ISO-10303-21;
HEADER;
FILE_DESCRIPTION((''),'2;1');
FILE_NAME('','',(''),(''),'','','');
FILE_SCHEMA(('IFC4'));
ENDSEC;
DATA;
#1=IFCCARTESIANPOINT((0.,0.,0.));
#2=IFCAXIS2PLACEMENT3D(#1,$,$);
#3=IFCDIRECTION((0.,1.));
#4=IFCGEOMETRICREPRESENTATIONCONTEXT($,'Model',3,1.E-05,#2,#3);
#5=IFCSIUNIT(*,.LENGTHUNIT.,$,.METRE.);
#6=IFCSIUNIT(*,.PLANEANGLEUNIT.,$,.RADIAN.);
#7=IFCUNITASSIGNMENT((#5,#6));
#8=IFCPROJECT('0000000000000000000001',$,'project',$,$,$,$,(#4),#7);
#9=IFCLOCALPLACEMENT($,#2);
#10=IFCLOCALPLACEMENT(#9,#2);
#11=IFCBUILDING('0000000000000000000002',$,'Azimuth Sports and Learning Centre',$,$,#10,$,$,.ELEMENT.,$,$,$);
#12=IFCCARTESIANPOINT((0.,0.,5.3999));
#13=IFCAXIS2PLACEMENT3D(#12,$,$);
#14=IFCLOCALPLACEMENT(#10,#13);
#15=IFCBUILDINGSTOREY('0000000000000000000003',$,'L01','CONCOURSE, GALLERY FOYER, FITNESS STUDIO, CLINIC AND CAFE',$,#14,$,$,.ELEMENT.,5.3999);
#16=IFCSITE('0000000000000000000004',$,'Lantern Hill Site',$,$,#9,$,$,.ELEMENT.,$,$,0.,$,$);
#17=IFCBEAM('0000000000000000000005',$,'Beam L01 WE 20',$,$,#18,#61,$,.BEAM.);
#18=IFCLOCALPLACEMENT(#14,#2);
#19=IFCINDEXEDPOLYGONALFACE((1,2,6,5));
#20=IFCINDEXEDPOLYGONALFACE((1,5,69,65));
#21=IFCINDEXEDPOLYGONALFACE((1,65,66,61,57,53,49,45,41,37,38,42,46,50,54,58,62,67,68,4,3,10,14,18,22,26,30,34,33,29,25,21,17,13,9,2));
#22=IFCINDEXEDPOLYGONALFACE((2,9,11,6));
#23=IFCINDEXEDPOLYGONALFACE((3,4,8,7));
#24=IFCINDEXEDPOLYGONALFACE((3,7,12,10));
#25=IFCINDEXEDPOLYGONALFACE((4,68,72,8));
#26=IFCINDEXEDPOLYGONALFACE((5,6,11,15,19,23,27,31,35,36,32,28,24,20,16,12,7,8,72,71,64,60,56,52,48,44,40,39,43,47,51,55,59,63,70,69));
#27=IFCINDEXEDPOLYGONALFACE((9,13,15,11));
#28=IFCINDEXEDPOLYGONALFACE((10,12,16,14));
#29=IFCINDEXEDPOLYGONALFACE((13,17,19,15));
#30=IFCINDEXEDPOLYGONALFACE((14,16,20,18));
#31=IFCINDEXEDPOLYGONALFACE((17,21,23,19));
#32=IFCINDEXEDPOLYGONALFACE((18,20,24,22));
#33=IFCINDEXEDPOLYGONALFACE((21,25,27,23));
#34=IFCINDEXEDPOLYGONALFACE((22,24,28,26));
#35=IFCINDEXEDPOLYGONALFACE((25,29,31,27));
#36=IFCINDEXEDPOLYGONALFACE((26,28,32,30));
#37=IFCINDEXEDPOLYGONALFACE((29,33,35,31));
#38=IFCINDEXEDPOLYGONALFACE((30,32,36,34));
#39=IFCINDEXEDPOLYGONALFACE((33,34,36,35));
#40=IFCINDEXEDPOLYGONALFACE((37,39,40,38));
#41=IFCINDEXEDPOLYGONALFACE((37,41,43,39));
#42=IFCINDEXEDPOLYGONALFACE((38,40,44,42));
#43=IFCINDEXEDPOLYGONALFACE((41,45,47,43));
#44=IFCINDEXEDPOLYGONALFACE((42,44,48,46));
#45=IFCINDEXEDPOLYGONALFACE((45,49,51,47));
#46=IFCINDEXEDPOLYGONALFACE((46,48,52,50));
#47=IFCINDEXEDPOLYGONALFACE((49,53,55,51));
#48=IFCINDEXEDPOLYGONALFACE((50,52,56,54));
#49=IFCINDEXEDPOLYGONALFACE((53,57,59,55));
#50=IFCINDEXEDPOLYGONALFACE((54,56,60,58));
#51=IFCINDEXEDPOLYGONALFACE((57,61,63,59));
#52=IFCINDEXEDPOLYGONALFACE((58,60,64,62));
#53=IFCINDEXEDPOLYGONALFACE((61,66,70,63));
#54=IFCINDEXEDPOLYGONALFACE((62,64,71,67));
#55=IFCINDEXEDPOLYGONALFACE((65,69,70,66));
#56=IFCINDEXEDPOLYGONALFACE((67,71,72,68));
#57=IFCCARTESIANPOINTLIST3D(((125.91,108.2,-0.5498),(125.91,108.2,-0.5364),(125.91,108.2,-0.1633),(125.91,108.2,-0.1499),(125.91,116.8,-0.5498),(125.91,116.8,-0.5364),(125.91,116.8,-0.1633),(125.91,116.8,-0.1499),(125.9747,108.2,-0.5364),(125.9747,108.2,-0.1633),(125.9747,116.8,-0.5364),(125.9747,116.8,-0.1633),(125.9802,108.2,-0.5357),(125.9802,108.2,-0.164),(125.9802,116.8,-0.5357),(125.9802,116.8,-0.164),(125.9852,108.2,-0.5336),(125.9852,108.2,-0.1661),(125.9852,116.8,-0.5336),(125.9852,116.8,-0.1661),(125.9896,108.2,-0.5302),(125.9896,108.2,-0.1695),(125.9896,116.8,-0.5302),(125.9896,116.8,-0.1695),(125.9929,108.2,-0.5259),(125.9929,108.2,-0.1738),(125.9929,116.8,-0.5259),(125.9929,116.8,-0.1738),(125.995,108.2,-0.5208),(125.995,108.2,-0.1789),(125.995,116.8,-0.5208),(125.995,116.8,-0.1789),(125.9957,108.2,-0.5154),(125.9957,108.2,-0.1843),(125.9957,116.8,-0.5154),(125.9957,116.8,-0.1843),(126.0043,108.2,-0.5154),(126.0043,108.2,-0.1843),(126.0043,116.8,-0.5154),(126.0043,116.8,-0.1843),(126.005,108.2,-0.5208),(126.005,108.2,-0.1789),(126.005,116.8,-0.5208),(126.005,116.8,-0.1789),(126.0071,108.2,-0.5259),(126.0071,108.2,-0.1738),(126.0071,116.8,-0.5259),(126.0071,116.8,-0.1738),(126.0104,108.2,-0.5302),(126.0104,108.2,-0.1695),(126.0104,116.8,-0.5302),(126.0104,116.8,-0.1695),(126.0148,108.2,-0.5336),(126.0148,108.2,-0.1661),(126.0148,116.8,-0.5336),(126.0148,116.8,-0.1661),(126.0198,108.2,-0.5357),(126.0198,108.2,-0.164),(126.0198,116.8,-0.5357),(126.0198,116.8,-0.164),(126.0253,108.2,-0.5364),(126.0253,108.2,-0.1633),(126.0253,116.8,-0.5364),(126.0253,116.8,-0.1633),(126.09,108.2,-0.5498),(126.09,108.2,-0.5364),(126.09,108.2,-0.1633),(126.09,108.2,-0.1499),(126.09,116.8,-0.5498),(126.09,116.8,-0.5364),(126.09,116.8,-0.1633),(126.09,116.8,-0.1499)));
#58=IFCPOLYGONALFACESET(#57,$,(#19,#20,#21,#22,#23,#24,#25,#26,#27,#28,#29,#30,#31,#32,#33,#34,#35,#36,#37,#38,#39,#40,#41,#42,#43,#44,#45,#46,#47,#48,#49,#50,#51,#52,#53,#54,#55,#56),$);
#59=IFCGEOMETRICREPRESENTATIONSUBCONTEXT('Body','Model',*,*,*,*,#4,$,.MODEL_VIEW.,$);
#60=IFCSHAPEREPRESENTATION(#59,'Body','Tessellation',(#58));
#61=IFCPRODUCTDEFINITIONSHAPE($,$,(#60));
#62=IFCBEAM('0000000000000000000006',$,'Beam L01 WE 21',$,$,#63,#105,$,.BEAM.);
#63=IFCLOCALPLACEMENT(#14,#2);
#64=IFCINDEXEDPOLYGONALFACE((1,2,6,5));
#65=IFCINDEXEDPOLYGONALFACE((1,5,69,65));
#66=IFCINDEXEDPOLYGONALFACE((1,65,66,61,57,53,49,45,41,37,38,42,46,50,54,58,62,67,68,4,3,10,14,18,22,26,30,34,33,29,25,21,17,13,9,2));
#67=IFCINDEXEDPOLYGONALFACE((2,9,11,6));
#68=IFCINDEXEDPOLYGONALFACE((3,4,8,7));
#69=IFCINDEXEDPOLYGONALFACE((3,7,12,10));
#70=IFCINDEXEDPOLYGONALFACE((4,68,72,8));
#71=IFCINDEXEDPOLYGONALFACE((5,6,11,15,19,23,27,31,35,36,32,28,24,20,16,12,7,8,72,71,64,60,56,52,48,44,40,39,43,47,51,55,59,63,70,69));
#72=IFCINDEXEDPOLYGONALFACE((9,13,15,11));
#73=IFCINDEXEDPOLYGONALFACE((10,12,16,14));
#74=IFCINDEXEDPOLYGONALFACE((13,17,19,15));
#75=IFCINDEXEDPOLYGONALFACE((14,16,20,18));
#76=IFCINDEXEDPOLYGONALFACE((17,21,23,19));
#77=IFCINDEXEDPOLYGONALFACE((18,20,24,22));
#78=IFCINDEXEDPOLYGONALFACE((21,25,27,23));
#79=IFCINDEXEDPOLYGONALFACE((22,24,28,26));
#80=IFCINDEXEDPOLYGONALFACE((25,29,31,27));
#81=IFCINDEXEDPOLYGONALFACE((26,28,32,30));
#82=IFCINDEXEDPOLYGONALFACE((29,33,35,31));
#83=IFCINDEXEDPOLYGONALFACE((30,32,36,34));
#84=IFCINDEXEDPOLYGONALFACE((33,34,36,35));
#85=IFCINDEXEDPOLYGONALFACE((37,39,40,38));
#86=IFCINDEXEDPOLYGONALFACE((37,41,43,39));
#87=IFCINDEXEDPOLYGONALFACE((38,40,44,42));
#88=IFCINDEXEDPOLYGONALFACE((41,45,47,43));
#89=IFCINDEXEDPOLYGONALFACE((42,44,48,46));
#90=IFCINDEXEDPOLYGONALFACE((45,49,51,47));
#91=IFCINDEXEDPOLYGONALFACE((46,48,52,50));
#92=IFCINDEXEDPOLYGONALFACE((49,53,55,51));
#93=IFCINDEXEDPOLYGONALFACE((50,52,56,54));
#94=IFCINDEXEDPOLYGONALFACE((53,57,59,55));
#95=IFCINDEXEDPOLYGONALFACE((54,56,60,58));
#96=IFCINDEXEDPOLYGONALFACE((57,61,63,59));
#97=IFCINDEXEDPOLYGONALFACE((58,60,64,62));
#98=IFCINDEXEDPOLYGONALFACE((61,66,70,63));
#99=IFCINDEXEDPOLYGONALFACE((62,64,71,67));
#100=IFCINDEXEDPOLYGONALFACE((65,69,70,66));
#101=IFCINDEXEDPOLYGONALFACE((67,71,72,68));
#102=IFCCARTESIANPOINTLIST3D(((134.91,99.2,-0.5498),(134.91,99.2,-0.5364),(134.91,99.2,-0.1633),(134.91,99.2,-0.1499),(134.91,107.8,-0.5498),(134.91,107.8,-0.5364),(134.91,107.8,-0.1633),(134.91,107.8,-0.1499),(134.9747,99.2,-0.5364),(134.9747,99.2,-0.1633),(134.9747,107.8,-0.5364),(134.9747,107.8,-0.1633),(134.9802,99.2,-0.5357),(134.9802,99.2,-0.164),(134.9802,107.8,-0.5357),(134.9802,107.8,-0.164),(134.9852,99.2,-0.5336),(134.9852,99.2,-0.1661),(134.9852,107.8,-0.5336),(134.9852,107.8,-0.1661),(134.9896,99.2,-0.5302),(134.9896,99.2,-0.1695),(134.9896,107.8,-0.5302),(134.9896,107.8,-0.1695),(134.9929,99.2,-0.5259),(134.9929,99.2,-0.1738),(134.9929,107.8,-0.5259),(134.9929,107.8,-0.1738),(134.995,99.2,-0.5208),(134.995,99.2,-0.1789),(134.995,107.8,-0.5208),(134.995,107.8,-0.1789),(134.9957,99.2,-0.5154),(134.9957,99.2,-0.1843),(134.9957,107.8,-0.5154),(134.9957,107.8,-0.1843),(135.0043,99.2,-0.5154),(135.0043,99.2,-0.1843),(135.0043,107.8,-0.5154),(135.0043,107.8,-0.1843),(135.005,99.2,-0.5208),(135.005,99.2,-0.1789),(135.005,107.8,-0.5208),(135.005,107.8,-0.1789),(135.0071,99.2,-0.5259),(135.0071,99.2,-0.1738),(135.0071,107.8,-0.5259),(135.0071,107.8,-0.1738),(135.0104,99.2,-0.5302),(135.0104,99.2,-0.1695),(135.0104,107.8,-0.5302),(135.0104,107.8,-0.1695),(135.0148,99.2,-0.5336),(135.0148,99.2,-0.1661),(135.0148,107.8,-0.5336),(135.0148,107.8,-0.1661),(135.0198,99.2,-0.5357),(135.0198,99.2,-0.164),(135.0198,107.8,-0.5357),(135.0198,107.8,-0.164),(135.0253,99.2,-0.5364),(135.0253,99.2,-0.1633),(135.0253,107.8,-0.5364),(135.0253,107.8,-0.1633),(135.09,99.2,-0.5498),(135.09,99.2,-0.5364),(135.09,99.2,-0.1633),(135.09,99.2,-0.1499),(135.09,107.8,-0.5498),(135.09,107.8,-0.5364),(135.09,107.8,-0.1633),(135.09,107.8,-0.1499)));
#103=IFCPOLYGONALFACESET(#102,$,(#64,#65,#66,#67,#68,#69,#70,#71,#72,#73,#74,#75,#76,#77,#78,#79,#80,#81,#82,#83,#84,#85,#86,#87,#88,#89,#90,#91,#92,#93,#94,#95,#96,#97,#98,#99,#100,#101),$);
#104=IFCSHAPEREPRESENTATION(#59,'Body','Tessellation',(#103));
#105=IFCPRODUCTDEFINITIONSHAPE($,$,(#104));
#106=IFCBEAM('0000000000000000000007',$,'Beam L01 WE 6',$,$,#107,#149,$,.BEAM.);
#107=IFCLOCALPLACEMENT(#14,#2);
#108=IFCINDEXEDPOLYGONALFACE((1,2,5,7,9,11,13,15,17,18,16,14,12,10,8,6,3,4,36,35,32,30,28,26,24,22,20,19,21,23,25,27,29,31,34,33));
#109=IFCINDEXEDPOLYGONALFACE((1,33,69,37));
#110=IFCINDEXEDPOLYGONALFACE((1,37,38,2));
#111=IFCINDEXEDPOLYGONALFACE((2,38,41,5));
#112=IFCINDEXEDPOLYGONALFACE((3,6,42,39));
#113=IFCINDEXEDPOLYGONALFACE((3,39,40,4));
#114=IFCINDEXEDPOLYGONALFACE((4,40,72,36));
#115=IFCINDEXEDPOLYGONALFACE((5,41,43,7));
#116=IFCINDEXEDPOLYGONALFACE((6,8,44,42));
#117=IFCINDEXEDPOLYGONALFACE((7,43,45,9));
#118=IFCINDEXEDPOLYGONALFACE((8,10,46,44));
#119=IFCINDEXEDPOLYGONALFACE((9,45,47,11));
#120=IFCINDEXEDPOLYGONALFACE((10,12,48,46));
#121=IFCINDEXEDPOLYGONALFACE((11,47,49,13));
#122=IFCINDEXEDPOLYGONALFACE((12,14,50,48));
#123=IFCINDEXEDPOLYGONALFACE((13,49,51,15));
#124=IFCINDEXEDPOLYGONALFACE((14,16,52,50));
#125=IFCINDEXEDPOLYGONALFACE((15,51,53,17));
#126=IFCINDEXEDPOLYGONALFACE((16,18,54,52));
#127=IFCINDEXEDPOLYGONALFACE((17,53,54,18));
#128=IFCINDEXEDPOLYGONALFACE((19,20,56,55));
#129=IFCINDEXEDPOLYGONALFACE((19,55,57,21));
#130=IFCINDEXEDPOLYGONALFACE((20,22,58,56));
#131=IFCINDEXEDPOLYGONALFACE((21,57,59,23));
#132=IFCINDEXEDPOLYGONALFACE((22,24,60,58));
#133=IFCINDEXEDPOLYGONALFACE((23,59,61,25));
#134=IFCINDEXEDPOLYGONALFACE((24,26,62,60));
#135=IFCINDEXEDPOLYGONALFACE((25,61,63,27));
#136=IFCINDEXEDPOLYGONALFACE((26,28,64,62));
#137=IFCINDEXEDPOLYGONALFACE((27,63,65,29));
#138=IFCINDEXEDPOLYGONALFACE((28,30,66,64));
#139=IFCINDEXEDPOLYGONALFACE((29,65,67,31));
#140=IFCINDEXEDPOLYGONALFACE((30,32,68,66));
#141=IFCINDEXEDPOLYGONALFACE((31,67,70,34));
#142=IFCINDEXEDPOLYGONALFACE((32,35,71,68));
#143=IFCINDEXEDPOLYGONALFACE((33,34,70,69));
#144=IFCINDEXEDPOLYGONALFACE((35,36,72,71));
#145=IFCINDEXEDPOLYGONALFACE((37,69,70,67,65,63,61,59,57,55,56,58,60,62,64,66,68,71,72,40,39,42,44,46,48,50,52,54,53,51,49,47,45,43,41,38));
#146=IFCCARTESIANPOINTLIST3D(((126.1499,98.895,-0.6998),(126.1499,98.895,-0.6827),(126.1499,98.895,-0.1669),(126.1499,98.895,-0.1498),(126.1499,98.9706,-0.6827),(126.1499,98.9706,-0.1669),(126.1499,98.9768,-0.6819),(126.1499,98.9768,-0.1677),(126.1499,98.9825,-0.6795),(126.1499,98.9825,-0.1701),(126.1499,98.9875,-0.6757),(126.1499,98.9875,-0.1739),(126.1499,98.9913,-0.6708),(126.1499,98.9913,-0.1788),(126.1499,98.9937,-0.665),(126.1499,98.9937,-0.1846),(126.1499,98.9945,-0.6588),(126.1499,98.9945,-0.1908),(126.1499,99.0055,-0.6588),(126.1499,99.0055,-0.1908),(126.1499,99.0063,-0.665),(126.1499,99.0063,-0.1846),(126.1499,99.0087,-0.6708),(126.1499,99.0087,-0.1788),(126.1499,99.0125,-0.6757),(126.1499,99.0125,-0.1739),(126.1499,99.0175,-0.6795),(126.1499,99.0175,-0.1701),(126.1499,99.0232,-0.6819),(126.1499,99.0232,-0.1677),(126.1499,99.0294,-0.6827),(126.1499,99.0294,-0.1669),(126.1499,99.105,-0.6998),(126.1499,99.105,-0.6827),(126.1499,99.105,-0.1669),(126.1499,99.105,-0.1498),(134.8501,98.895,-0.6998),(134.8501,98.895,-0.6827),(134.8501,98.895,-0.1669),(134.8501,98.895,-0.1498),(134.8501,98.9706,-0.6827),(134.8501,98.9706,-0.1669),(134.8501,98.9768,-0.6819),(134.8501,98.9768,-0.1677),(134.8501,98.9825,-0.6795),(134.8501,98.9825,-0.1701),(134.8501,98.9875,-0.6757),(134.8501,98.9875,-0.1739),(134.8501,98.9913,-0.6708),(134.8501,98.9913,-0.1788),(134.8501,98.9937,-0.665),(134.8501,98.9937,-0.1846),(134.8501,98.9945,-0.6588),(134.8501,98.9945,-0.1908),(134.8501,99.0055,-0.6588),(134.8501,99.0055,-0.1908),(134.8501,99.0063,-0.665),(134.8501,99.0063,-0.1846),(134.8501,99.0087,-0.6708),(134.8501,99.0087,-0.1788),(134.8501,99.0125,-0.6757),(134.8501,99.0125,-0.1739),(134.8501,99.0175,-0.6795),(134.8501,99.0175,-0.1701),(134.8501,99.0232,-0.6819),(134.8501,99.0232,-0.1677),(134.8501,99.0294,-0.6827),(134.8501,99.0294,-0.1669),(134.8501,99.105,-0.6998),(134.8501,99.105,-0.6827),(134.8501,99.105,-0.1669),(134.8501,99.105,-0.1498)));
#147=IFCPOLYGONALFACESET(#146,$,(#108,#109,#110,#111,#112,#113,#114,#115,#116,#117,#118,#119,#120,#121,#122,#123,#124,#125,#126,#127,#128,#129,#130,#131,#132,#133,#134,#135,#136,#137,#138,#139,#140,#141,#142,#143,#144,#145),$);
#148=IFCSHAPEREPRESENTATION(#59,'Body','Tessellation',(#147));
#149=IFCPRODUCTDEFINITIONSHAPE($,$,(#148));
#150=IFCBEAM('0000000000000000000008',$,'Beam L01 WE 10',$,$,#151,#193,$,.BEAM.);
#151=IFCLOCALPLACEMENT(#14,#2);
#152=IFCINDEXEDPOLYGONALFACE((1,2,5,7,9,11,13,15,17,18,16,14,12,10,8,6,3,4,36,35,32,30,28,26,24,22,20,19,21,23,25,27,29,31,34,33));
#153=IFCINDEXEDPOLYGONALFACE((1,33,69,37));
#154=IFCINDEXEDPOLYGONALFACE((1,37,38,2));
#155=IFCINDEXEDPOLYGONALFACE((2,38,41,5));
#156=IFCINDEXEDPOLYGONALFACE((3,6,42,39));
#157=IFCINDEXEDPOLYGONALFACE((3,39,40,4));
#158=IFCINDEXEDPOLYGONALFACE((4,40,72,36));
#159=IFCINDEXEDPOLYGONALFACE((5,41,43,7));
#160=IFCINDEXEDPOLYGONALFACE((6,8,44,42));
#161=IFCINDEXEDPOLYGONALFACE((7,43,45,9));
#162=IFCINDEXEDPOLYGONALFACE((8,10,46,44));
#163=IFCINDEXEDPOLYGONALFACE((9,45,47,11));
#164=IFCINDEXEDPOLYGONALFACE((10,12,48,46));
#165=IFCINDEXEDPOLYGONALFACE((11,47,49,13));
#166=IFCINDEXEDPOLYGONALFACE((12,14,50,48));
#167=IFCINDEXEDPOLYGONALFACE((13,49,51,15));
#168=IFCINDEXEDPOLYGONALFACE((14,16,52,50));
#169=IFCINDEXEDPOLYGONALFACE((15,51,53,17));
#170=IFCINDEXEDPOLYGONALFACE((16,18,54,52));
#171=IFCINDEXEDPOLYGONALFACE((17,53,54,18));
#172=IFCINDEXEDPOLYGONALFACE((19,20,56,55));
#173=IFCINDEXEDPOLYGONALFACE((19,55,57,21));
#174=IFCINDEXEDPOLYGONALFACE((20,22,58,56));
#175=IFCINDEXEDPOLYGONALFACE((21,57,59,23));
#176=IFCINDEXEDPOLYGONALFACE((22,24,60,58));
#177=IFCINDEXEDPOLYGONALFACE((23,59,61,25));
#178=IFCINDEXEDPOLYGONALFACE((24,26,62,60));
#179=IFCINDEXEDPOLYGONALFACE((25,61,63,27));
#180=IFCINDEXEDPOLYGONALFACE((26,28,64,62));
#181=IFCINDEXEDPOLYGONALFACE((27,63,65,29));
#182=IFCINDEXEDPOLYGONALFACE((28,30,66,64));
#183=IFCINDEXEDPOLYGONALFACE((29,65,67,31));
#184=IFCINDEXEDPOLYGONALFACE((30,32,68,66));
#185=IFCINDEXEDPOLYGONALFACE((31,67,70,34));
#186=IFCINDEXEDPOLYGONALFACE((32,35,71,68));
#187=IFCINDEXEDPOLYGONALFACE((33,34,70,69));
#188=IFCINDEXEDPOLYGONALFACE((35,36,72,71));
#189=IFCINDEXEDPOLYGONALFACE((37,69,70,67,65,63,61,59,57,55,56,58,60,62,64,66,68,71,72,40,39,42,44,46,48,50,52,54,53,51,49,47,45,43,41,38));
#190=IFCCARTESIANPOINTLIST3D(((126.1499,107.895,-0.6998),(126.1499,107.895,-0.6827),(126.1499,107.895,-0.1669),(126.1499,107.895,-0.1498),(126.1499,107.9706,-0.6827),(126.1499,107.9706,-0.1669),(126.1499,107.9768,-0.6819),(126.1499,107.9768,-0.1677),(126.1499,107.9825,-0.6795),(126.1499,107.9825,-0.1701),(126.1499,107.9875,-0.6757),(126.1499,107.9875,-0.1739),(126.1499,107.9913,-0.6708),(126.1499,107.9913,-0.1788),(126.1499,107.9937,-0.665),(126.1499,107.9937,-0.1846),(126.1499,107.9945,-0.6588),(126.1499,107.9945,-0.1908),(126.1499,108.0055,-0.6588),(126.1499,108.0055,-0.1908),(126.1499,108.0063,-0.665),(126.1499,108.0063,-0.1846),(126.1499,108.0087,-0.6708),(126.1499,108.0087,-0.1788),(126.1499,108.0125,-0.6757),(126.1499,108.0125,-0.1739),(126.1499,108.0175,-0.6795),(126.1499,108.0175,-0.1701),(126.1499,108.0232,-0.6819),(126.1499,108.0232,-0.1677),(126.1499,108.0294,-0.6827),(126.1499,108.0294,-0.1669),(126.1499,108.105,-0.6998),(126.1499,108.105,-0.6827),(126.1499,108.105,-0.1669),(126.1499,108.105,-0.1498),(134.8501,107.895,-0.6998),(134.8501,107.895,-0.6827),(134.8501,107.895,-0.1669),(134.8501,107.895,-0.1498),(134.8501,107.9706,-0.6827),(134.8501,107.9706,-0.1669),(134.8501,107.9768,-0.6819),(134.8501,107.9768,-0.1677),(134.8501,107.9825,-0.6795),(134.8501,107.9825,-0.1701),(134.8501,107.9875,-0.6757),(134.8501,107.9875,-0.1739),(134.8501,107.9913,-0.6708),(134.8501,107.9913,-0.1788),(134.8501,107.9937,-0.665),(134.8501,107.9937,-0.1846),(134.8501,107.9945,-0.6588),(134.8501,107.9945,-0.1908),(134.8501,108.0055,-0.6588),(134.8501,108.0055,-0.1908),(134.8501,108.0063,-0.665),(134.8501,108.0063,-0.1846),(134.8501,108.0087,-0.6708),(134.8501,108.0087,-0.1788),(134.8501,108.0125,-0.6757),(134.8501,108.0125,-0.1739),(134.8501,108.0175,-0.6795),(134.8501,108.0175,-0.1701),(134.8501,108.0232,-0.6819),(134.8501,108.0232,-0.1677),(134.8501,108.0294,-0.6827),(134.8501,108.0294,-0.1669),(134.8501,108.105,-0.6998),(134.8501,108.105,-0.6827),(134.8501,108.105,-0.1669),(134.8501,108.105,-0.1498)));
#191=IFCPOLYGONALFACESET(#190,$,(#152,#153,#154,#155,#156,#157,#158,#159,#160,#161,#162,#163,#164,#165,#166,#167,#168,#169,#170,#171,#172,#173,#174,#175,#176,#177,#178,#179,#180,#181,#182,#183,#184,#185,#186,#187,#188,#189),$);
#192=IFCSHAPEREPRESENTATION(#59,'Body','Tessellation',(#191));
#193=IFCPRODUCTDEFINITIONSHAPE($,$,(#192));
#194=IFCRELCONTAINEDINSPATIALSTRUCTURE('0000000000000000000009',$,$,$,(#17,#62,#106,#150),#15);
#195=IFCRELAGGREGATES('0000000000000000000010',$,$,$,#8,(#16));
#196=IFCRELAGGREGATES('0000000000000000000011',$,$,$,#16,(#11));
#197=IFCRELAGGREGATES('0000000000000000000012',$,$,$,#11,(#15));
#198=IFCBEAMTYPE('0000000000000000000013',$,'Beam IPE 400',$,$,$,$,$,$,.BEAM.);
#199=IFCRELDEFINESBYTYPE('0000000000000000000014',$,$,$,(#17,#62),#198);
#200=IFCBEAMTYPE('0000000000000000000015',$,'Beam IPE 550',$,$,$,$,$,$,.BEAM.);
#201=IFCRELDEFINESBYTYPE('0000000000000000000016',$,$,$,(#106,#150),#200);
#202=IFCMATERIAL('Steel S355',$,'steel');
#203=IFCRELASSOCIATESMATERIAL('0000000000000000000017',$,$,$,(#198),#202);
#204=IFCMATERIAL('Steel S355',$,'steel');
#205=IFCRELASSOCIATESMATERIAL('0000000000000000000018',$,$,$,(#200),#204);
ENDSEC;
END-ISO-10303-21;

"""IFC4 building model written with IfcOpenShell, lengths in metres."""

from ifc_helpers import new_model, si_unit, direction, frame, origin, origin_2d, place, context, subcontext, project, spatial, i_section, extrude, material, material_profile, profile_set, type_object, element, save


model = new_model("IFC4")

# Units and contexts
model_context = context("Model", 3, precision=1e-05, world=origin(), true_north=direction((0.0, 1.0)))
body_context = subcontext(model_context, "Body", "Model", "MODEL_VIEW")
ifc_project = project(units=[si_unit("LENGTHUNIT", "METRE"), si_unit("PLANEANGLEUNIT", "RADIAN")], contexts=[model_context])

# Site, building, storey
site_placement = place(None, origin())
site = spatial("IfcSite", under=ifc_project, at=site_placement, Name="Lantern Hill Site", CompositionType="ELEMENT", RefElevation=0.0)
building_placement = place(site_placement, origin())
building = spatial("IfcBuilding", under=site, at=building_placement, Name="Azimuth Sports and Learning Centre", CompositionType="ELEMENT")
storey_placement = place(building_placement, frame((0.0, 0.0, 5.3999)))
storey = spatial("IfcBuildingStorey", under=building, at=storey_placement, Name="L01", Description="CONCOURSE, GALLERY FOYER, FITNESS STUDIO, CLINIC AND CAFE", CompositionType="ELEMENT", Elevation=5.3999)

# Beams
ifc_material_1 = material(Name="Steel S355", Category="steel")
ifc_material_profile_1 = material_profile(ifc_material_1, i_section(OverallWidth=0.1799, OverallDepth=0.3999, WebThickness=0.0085, FlangeThickness=0.0134, FilletRadius=0.021, at=origin_2d()), Name="IPE 400")
ifc_profile_set_1 = profile_set([ifc_material_profile_1], Name="Steel S355")
beam_type_1 = type_object("IfcBeamType", Name="Beam IPE 400", PredefinedType="BEAM", material=ifc_profile_set_1)
for number, where, z_axis, x_axis, name in (
    (1, (126.0, 108.2, -0.3499), (0.0, 1.0, 0.0), (-1.0, 0.0, 0.0), "Beam L01 WE 20"),
    (2, (135.0, 99.2, -0.3499), (0.0, 1.0, 0.0), (-1.0, 0.0, 0.0), "Beam L01 WE 21"),
):
    element("IfcBeam", number, at=place(storey_placement, frame(where, z_axis=z_axis, x_axis=x_axis)), inside=storey, type_object=beam_type_1, Name=name, PredefinedType="BEAM", context=body_context, shape_type="SweptSolid", body=[
        extrude(i_section(OverallWidth=0.1799, OverallDepth=0.3999, WebThickness=0.0085, FlangeThickness=0.0134, FilletRadius=0.021, at=origin_2d()), origin(), (0.0, 0.0, 1.0), 8.6001),
    ])
ifc_material_2 = material(Name="Steel S355", Category="steel")
ifc_material_profile_2 = material_profile(ifc_material_2, i_section(OverallWidth=0.21, OverallDepth=0.55, WebThickness=0.011, FlangeThickness=0.0171, FilletRadius=0.0239, at=origin_2d()), Name="IPE 550")
ifc_profile_set_2 = profile_set([ifc_material_profile_2], Name="Steel S355")
beam_type_2 = type_object("IfcBeamType", Name="Beam IPE 550", PredefinedType="BEAM", material=ifc_profile_set_2)
for number, where, z_axis, x_axis, name in (
    (3, (126.1499, 99.0, -0.4248), (1.0, 0.0, 0.0), (0.0, 1.0, 0.0), "Beam L01 WE 6"),
    (4, (126.1499, 108.0, -0.4248), (1.0, 0.0, 0.0), (0.0, 1.0, 0.0), "Beam L01 WE 10"),
):
    element("IfcBeam", number, at=place(storey_placement, frame(where, z_axis=z_axis, x_axis=x_axis)), inside=storey, type_object=beam_type_2, Name=name, PredefinedType="BEAM", context=body_context, shape_type="SweptSolid", body=[
        extrude(i_section(OverallWidth=0.21, OverallDepth=0.55, WebThickness=0.011, FlangeThickness=0.0171, FilletRadius=0.0239, at=origin_2d()), origin(), (0.0, 0.0, 1.0), 8.7002),
    ])

save(model, "model.ifc")
